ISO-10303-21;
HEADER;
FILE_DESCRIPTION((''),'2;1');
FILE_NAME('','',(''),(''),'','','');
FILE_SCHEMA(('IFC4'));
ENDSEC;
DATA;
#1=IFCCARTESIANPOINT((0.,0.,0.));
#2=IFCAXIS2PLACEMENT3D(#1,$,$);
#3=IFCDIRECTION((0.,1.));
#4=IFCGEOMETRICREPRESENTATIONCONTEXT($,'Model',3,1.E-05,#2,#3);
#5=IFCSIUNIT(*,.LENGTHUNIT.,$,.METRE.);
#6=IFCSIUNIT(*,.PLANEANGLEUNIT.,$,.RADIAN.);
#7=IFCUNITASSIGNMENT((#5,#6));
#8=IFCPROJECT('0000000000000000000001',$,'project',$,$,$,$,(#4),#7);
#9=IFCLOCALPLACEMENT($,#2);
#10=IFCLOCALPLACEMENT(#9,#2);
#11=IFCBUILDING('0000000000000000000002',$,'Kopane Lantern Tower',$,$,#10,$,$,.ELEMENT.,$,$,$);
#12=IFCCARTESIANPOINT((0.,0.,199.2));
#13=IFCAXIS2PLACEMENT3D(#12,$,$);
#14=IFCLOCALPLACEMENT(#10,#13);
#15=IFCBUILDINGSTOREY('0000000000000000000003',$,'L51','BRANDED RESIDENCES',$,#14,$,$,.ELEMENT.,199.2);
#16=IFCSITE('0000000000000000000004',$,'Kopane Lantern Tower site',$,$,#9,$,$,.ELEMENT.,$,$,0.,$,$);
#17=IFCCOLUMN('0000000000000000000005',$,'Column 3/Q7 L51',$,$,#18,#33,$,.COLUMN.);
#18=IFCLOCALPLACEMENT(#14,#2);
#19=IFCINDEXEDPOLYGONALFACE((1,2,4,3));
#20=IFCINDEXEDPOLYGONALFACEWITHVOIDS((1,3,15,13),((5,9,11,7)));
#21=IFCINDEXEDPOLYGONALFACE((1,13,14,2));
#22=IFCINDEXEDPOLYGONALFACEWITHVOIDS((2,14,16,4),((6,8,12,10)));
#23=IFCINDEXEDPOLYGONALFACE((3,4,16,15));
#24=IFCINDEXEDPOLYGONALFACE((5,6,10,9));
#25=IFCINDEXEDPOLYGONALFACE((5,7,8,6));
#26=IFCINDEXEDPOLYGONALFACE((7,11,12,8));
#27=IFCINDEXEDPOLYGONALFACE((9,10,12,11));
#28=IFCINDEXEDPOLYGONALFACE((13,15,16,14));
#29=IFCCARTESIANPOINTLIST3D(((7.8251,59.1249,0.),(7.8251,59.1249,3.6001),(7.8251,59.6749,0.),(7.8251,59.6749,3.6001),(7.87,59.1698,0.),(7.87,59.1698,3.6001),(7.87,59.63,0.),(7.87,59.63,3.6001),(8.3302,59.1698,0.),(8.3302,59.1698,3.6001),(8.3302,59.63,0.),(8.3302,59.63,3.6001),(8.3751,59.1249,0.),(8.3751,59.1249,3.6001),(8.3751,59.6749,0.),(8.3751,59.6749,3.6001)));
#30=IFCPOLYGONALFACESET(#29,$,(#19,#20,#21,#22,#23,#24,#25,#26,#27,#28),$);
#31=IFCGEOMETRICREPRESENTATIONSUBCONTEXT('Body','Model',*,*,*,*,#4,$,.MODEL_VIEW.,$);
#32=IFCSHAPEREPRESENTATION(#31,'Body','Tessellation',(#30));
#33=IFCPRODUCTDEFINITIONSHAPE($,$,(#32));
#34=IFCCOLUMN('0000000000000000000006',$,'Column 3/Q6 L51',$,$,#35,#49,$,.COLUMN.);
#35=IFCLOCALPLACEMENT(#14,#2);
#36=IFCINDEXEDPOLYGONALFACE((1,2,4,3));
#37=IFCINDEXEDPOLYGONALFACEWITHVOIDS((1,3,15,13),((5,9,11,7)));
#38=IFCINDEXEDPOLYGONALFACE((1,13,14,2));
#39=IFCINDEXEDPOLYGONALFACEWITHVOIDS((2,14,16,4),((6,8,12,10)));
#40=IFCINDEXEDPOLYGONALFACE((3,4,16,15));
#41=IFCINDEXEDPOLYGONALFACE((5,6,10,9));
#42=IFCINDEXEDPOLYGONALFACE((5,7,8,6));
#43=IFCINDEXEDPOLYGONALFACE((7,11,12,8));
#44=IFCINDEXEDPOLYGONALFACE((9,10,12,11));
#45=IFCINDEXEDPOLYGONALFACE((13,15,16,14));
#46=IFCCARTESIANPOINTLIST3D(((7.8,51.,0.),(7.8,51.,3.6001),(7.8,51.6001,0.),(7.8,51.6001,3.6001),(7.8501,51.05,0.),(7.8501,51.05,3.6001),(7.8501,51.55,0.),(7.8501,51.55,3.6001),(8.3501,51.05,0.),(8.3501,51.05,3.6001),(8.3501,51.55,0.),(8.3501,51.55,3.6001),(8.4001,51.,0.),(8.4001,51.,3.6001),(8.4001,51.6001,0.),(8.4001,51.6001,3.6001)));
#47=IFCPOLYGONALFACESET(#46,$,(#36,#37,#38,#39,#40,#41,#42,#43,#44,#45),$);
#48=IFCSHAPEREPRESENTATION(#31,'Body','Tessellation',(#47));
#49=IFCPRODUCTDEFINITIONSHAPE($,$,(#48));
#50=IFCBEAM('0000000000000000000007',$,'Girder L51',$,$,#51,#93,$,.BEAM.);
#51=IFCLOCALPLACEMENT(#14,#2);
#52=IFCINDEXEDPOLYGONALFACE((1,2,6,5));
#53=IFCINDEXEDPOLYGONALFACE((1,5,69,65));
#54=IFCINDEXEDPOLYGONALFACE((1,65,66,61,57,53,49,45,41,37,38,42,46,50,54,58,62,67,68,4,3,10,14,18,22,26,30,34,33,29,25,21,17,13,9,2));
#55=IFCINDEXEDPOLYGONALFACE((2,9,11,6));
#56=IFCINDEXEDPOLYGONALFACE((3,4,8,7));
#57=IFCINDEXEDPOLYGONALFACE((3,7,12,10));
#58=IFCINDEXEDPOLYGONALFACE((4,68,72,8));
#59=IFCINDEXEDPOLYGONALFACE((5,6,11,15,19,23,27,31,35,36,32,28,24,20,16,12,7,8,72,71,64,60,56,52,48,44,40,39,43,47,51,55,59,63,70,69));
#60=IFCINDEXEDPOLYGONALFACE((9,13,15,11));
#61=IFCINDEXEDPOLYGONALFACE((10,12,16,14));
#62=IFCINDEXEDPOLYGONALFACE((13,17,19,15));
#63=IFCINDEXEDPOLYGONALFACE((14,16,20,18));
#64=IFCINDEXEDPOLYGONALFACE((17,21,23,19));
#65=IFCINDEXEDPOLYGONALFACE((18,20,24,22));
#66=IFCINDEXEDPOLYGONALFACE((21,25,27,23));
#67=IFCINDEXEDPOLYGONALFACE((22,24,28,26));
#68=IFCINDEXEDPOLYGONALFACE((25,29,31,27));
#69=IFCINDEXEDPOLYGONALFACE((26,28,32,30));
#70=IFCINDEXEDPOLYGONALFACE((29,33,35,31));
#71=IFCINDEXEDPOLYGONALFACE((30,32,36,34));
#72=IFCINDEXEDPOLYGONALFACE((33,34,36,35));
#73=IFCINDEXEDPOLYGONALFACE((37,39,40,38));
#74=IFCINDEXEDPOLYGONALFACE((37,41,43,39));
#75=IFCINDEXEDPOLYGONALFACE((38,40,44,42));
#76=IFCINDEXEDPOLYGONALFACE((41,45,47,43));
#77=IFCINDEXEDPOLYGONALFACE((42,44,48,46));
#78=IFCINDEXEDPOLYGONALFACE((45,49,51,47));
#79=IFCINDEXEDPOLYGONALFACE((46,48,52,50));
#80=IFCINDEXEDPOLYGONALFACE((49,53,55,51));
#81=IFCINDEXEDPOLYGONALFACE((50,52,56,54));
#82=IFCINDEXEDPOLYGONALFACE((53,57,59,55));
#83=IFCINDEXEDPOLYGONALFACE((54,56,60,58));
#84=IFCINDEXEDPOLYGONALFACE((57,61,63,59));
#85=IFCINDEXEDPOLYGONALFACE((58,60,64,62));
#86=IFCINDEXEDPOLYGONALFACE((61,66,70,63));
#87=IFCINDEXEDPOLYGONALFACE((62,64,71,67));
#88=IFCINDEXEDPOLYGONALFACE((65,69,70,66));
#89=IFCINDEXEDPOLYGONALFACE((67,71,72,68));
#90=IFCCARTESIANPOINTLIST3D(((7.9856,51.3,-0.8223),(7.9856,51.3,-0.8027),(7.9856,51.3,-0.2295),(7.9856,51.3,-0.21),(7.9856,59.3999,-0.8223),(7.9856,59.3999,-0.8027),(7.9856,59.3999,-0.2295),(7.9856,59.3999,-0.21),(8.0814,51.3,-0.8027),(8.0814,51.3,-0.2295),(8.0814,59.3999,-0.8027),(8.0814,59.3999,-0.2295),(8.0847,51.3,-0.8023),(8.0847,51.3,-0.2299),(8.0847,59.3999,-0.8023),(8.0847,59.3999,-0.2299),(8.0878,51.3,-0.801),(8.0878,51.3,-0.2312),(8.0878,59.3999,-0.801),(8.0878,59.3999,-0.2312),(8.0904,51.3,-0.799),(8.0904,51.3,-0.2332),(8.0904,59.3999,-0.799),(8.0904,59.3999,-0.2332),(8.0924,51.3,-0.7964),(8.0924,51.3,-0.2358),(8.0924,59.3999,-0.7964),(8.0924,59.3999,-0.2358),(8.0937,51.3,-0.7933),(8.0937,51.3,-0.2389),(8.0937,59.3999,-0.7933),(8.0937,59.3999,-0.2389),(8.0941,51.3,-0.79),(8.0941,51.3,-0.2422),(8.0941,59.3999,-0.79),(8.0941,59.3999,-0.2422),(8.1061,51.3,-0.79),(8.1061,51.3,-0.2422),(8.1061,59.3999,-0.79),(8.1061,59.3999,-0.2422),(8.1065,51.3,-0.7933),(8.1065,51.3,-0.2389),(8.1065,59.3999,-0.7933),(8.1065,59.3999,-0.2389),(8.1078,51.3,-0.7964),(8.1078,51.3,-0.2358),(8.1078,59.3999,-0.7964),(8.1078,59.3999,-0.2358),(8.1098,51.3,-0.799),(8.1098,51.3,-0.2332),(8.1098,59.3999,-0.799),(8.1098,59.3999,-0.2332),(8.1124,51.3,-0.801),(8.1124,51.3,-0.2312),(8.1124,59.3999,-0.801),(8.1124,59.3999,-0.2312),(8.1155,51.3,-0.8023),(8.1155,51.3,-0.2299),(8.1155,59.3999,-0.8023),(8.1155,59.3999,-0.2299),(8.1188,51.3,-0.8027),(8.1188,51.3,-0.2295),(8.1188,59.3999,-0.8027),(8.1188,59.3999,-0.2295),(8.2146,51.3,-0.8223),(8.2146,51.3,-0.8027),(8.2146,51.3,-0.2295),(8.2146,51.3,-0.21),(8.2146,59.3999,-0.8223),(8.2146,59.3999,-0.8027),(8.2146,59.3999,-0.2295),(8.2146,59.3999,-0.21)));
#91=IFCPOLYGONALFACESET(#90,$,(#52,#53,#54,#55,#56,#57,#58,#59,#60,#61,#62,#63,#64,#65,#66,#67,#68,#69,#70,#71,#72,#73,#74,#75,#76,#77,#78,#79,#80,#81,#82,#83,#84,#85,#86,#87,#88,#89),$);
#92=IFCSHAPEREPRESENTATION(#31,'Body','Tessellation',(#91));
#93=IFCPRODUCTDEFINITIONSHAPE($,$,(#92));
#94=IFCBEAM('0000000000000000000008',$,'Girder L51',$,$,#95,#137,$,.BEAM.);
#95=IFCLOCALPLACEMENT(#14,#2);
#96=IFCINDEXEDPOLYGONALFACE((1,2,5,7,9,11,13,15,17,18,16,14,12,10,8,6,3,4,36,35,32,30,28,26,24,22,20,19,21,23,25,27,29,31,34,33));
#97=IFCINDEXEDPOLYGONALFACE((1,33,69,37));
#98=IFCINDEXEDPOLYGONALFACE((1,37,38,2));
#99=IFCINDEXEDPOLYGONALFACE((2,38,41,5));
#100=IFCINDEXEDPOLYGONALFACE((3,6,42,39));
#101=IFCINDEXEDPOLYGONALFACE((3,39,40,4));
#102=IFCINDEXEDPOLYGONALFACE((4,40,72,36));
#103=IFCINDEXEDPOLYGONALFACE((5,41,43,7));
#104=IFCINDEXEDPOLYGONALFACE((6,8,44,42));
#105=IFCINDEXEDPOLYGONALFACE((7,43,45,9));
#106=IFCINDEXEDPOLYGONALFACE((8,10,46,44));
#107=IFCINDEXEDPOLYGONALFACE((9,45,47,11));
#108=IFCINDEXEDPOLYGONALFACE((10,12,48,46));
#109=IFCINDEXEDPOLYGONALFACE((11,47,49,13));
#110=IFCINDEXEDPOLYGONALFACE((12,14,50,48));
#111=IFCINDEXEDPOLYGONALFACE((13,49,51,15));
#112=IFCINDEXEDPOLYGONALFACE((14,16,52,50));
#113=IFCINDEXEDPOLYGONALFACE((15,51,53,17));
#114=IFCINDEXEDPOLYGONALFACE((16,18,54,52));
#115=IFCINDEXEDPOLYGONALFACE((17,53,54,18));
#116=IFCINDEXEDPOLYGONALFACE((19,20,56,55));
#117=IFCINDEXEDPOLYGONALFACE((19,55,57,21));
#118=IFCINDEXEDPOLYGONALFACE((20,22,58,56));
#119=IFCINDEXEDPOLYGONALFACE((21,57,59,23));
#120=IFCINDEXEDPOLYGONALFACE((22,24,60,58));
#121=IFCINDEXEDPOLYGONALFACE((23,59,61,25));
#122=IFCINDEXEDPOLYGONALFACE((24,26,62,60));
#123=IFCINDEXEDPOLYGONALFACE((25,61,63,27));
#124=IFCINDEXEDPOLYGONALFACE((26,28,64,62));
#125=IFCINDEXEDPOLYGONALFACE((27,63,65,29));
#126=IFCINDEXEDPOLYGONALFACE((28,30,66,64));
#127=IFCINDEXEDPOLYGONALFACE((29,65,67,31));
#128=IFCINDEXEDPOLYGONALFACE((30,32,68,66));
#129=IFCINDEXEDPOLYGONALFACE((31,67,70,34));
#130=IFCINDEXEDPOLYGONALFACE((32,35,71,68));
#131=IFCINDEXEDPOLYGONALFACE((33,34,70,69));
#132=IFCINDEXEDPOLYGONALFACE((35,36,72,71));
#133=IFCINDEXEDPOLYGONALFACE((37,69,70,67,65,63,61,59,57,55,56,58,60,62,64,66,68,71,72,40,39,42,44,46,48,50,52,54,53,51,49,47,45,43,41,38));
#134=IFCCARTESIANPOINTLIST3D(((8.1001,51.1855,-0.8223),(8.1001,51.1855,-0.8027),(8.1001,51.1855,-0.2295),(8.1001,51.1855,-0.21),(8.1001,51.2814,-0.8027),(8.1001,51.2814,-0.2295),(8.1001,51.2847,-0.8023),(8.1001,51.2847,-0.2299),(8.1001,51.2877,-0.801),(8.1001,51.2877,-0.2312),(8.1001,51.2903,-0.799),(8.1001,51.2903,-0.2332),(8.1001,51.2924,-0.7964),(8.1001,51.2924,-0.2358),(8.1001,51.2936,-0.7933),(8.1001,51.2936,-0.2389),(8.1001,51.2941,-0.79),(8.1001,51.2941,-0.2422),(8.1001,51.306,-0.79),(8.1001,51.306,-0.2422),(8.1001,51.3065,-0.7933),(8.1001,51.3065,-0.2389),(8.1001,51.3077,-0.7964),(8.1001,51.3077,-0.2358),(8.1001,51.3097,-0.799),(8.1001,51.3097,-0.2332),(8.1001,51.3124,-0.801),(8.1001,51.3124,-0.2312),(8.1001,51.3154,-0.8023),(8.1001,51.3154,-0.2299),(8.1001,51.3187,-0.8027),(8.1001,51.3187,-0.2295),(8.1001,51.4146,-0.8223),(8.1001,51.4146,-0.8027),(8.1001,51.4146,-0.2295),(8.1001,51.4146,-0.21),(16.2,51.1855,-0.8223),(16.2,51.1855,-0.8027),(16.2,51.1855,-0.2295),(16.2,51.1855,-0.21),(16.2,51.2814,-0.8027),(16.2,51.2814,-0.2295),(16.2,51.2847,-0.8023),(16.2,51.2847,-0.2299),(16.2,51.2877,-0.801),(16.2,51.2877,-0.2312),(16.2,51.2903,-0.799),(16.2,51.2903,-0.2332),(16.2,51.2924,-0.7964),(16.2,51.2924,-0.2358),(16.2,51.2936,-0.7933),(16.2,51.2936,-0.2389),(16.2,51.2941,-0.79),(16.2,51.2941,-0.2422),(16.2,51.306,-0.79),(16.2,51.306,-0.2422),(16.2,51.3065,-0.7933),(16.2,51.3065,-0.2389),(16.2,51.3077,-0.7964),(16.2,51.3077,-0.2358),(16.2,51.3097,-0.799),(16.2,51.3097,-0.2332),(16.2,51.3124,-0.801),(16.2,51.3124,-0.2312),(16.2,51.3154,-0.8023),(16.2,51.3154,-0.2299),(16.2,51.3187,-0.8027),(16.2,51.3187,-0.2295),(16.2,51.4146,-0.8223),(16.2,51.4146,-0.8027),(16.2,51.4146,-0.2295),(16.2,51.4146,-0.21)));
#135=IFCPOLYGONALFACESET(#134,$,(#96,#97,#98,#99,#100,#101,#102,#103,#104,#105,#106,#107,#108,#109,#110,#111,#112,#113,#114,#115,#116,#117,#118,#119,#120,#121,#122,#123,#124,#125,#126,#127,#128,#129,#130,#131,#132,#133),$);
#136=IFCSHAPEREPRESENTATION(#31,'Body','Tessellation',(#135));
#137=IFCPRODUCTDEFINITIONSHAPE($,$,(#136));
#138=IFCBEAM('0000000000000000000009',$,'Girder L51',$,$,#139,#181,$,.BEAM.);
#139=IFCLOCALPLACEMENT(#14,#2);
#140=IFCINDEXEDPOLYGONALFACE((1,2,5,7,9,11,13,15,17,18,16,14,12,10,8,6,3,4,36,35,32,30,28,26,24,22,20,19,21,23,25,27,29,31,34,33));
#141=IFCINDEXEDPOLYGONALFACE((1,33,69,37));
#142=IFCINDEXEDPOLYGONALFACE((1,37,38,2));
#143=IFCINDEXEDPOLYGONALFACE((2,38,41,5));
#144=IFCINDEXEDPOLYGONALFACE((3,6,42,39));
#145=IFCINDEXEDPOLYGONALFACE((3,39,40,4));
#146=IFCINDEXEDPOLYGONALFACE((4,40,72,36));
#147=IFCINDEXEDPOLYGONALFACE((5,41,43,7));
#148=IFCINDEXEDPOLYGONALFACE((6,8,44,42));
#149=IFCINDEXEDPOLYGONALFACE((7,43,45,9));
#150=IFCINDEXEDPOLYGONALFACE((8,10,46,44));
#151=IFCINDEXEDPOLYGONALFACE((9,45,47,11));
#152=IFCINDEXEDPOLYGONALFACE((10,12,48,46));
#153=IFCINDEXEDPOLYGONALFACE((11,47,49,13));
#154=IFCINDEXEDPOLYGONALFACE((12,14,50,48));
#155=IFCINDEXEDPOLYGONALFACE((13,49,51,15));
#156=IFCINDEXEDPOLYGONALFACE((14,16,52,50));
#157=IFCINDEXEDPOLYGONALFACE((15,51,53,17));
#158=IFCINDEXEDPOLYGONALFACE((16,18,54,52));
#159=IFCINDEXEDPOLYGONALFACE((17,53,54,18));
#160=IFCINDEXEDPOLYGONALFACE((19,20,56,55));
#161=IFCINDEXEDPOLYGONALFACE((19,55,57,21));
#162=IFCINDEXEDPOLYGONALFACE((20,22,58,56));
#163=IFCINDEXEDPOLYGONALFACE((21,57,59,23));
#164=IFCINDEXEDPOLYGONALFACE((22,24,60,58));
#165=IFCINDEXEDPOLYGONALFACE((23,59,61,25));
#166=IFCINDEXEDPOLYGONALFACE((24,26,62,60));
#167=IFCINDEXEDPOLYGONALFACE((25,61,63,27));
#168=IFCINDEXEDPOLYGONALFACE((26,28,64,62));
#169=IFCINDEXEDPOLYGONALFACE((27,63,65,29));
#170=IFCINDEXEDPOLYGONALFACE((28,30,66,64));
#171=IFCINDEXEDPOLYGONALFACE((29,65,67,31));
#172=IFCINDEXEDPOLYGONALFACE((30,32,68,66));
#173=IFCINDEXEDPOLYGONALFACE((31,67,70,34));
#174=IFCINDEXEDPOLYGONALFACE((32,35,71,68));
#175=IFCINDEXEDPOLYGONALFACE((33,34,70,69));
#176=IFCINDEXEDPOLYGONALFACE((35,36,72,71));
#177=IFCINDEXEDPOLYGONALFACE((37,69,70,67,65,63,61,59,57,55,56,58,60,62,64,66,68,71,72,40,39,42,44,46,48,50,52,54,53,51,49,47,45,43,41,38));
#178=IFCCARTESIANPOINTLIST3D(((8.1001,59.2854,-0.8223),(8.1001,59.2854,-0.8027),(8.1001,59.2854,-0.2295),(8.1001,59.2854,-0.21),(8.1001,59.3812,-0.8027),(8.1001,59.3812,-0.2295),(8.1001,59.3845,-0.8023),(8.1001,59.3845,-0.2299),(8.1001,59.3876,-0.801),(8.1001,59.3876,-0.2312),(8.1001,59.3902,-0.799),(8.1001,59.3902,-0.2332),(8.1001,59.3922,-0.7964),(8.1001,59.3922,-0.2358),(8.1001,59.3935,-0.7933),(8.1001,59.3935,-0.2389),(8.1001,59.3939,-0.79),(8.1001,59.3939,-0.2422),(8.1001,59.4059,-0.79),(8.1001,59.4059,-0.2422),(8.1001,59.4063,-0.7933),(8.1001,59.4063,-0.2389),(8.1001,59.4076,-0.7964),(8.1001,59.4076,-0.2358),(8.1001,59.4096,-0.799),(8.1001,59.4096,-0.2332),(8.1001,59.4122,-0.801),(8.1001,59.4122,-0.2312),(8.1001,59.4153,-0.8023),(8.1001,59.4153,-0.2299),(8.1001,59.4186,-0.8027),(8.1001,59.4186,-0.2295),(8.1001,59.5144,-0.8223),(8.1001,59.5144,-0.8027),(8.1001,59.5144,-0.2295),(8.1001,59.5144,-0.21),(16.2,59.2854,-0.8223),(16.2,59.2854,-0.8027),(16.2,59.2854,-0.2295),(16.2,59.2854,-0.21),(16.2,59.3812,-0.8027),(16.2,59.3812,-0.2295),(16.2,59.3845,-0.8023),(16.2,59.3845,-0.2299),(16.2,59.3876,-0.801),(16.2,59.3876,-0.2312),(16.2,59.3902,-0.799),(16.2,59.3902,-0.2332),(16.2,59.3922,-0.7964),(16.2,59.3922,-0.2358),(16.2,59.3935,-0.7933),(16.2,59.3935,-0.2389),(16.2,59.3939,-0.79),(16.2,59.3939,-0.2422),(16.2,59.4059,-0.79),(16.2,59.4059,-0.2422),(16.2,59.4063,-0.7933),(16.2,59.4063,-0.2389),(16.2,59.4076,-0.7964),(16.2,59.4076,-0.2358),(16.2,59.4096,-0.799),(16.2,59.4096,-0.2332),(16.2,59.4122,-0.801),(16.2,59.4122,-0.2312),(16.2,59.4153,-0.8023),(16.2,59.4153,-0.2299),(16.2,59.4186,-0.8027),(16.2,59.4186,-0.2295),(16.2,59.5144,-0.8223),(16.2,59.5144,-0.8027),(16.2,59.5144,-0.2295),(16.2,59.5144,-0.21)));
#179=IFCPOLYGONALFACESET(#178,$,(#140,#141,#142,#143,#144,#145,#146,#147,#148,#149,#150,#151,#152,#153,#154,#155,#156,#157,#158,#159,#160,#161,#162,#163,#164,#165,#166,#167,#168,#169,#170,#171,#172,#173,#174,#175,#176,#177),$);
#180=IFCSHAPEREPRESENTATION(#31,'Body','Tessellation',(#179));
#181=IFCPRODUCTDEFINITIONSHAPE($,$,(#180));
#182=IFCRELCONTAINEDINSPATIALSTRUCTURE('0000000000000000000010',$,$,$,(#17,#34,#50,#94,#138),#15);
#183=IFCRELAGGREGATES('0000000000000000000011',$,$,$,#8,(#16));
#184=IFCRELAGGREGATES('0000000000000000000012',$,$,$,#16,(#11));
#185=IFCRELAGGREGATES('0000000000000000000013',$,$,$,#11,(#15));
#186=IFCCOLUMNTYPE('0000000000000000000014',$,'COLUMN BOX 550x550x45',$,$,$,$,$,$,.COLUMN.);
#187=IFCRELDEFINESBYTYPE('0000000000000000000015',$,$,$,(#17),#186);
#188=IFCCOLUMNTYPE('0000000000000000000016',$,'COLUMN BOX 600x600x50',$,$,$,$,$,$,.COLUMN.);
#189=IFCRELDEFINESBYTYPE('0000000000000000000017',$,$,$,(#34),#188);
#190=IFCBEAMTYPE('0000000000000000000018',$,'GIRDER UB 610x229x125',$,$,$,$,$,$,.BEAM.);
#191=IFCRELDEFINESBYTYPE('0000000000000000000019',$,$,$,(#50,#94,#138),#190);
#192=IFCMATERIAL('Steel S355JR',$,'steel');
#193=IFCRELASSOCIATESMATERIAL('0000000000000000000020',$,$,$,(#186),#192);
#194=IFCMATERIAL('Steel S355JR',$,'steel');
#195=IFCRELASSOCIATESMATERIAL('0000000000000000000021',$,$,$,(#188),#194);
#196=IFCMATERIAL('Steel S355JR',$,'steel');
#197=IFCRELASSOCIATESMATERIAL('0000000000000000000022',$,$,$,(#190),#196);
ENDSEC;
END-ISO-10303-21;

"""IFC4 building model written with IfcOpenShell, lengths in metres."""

from ifc_helpers import new_model, si_unit, direction, frame, origin, origin_2d, place, context, subcontext, project, spatial, hollow_rectangle, i_section, extrude, material, material_profile, profile_set, type_object, element, save


model = new_model("IFC4")

# Units and contexts
model_context = context("Model", 3, precision=1e-05, world=origin(), true_north=direction((0.0, 1.0)))
body_context = subcontext(model_context, "Body", "Model", "MODEL_VIEW")
ifc_project = project(units=[si_unit("LENGTHUNIT", "METRE"), si_unit("PLANEANGLEUNIT", "RADIAN")], contexts=[model_context])

# Site, building, storey
site_placement = place(None, origin())
site = spatial("IfcSite", under=ifc_project, at=site_placement, Name="Kopane Lantern Tower site", CompositionType="ELEMENT", RefElevation=0.0)
building_placement = place(site_placement, origin())
building = spatial("IfcBuilding", under=site, at=building_placement, Name="Kopane Lantern Tower", CompositionType="ELEMENT")
storey_placement = place(building_placement, frame((0.0, 0.0, 199.2)))
storey = spatial("IfcBuildingStorey", under=building, at=storey_placement, Name="L51", Description="BRANDED RESIDENCES", CompositionType="ELEMENT", Elevation=199.2)

# Columns
ifc_material_1 = material(Name="Steel S355JR", Category="steel")
ifc_material_profile_1 = material_profile(ifc_material_1, hollow_rectangle(XDim=0.55, YDim=0.55, WallThickness=0.0449, at=origin_2d()), Name="BOX 550x550x45")
ifc_profile_set_1 = profile_set([ifc_material_profile_1], Name="Steel S355JR")
column_type_1 = type_object("IfcColumnType", Name="COLUMN BOX 550x550x45", PredefinedType="COLUMN", material=ifc_profile_set_1)
column_1_placement = place(storey_placement, frame((8.1001, 59.3999, 0.0), z_axis=(0.0, 0.0, 1.0), x_axis=(1.0, 0.0, 0.0)))
element("IfcColumn", 1, at=column_1_placement, inside=storey, type_object=column_type_1, Name="Column 3/Q7 L51", PredefinedType="COLUMN", context=body_context, shape_type="SweptSolid", body=[
    extrude(hollow_rectangle(XDim=0.55, YDim=0.55, WallThickness=0.0449, at=origin_2d()), origin(), (0.0, 0.0, 1.0), 3.6001),
])
ifc_material_2 = material(Name="Steel S355JR", Category="steel")
ifc_material_profile_2 = material_profile(ifc_material_2, hollow_rectangle(XDim=0.6001, YDim=0.6001, WallThickness=0.05, at=origin_2d()), Name="BOX 600x600x50")
ifc_profile_set_2 = profile_set([ifc_material_profile_2], Name="Steel S355JR")
column_type_2 = type_object("IfcColumnType", Name="COLUMN BOX 600x600x50", PredefinedType="COLUMN", material=ifc_profile_set_2)
column_2_placement = place(storey_placement, frame((8.1001, 51.3, 0.0), z_axis=(0.0, 0.0, 1.0), x_axis=(1.0, 0.0, 0.0)))
element("IfcColumn", 2, at=column_2_placement, inside=storey, type_object=column_type_2, Name="Column 3/Q6 L51", PredefinedType="COLUMN", context=body_context, shape_type="SweptSolid", body=[
    extrude(hollow_rectangle(XDim=0.6001, YDim=0.6001, WallThickness=0.05, at=origin_2d()), origin(), (0.0, 0.0, 1.0), 3.6001),
])

# Beams
ifc_material_3 = material(Name="Steel S355JR", Category="steel")
ifc_material_profile_3 = material_profile(ifc_material_3, i_section(OverallWidth=0.229, OverallDepth=0.6123, WebThickness=0.012, FlangeThickness=0.0195, FilletRadius=0.0127, at=origin_2d()), Name="UB 610x229x125")
ifc_profile_set_3 = profile_set([ifc_material_profile_3], Name="Steel S355JR")
beam_type = type_object("IfcBeamType", Name="GIRDER UB 610x229x125", PredefinedType="BEAM", material=ifc_profile_set_3)
for number, where, z_axis, x_axis, name in (
    (3, (8.1001, 51.3, -0.5161), (0.0, 1.0, 0.0), (-1.0, 0.0, 0.0), "Girder L51"),
    (4, (8.1001, 51.3, -0.5161), (1.0, 0.0, 0.0), (0.0, 1.0, 0.0), "Girder L51"),
    (5, (8.1001, 59.3999, -0.5161), (1.0, 0.0, 0.0), (0.0, 1.0, 0.0), "Girder L51"),
):
    element("IfcBeam", number, at=place(storey_placement, frame(where, z_axis=z_axis, x_axis=x_axis)), inside=storey, type_object=beam_type, Name=name, PredefinedType="BEAM", context=body_context, shape_type="SweptSolid", body=[
        extrude(i_section(OverallWidth=0.229, OverallDepth=0.6123, WebThickness=0.012, FlangeThickness=0.0195, FilletRadius=0.0127, at=origin_2d()), origin(), (0.0, 0.0, 1.0), 8.0999),
    ])

save(model, "model.ifc")
